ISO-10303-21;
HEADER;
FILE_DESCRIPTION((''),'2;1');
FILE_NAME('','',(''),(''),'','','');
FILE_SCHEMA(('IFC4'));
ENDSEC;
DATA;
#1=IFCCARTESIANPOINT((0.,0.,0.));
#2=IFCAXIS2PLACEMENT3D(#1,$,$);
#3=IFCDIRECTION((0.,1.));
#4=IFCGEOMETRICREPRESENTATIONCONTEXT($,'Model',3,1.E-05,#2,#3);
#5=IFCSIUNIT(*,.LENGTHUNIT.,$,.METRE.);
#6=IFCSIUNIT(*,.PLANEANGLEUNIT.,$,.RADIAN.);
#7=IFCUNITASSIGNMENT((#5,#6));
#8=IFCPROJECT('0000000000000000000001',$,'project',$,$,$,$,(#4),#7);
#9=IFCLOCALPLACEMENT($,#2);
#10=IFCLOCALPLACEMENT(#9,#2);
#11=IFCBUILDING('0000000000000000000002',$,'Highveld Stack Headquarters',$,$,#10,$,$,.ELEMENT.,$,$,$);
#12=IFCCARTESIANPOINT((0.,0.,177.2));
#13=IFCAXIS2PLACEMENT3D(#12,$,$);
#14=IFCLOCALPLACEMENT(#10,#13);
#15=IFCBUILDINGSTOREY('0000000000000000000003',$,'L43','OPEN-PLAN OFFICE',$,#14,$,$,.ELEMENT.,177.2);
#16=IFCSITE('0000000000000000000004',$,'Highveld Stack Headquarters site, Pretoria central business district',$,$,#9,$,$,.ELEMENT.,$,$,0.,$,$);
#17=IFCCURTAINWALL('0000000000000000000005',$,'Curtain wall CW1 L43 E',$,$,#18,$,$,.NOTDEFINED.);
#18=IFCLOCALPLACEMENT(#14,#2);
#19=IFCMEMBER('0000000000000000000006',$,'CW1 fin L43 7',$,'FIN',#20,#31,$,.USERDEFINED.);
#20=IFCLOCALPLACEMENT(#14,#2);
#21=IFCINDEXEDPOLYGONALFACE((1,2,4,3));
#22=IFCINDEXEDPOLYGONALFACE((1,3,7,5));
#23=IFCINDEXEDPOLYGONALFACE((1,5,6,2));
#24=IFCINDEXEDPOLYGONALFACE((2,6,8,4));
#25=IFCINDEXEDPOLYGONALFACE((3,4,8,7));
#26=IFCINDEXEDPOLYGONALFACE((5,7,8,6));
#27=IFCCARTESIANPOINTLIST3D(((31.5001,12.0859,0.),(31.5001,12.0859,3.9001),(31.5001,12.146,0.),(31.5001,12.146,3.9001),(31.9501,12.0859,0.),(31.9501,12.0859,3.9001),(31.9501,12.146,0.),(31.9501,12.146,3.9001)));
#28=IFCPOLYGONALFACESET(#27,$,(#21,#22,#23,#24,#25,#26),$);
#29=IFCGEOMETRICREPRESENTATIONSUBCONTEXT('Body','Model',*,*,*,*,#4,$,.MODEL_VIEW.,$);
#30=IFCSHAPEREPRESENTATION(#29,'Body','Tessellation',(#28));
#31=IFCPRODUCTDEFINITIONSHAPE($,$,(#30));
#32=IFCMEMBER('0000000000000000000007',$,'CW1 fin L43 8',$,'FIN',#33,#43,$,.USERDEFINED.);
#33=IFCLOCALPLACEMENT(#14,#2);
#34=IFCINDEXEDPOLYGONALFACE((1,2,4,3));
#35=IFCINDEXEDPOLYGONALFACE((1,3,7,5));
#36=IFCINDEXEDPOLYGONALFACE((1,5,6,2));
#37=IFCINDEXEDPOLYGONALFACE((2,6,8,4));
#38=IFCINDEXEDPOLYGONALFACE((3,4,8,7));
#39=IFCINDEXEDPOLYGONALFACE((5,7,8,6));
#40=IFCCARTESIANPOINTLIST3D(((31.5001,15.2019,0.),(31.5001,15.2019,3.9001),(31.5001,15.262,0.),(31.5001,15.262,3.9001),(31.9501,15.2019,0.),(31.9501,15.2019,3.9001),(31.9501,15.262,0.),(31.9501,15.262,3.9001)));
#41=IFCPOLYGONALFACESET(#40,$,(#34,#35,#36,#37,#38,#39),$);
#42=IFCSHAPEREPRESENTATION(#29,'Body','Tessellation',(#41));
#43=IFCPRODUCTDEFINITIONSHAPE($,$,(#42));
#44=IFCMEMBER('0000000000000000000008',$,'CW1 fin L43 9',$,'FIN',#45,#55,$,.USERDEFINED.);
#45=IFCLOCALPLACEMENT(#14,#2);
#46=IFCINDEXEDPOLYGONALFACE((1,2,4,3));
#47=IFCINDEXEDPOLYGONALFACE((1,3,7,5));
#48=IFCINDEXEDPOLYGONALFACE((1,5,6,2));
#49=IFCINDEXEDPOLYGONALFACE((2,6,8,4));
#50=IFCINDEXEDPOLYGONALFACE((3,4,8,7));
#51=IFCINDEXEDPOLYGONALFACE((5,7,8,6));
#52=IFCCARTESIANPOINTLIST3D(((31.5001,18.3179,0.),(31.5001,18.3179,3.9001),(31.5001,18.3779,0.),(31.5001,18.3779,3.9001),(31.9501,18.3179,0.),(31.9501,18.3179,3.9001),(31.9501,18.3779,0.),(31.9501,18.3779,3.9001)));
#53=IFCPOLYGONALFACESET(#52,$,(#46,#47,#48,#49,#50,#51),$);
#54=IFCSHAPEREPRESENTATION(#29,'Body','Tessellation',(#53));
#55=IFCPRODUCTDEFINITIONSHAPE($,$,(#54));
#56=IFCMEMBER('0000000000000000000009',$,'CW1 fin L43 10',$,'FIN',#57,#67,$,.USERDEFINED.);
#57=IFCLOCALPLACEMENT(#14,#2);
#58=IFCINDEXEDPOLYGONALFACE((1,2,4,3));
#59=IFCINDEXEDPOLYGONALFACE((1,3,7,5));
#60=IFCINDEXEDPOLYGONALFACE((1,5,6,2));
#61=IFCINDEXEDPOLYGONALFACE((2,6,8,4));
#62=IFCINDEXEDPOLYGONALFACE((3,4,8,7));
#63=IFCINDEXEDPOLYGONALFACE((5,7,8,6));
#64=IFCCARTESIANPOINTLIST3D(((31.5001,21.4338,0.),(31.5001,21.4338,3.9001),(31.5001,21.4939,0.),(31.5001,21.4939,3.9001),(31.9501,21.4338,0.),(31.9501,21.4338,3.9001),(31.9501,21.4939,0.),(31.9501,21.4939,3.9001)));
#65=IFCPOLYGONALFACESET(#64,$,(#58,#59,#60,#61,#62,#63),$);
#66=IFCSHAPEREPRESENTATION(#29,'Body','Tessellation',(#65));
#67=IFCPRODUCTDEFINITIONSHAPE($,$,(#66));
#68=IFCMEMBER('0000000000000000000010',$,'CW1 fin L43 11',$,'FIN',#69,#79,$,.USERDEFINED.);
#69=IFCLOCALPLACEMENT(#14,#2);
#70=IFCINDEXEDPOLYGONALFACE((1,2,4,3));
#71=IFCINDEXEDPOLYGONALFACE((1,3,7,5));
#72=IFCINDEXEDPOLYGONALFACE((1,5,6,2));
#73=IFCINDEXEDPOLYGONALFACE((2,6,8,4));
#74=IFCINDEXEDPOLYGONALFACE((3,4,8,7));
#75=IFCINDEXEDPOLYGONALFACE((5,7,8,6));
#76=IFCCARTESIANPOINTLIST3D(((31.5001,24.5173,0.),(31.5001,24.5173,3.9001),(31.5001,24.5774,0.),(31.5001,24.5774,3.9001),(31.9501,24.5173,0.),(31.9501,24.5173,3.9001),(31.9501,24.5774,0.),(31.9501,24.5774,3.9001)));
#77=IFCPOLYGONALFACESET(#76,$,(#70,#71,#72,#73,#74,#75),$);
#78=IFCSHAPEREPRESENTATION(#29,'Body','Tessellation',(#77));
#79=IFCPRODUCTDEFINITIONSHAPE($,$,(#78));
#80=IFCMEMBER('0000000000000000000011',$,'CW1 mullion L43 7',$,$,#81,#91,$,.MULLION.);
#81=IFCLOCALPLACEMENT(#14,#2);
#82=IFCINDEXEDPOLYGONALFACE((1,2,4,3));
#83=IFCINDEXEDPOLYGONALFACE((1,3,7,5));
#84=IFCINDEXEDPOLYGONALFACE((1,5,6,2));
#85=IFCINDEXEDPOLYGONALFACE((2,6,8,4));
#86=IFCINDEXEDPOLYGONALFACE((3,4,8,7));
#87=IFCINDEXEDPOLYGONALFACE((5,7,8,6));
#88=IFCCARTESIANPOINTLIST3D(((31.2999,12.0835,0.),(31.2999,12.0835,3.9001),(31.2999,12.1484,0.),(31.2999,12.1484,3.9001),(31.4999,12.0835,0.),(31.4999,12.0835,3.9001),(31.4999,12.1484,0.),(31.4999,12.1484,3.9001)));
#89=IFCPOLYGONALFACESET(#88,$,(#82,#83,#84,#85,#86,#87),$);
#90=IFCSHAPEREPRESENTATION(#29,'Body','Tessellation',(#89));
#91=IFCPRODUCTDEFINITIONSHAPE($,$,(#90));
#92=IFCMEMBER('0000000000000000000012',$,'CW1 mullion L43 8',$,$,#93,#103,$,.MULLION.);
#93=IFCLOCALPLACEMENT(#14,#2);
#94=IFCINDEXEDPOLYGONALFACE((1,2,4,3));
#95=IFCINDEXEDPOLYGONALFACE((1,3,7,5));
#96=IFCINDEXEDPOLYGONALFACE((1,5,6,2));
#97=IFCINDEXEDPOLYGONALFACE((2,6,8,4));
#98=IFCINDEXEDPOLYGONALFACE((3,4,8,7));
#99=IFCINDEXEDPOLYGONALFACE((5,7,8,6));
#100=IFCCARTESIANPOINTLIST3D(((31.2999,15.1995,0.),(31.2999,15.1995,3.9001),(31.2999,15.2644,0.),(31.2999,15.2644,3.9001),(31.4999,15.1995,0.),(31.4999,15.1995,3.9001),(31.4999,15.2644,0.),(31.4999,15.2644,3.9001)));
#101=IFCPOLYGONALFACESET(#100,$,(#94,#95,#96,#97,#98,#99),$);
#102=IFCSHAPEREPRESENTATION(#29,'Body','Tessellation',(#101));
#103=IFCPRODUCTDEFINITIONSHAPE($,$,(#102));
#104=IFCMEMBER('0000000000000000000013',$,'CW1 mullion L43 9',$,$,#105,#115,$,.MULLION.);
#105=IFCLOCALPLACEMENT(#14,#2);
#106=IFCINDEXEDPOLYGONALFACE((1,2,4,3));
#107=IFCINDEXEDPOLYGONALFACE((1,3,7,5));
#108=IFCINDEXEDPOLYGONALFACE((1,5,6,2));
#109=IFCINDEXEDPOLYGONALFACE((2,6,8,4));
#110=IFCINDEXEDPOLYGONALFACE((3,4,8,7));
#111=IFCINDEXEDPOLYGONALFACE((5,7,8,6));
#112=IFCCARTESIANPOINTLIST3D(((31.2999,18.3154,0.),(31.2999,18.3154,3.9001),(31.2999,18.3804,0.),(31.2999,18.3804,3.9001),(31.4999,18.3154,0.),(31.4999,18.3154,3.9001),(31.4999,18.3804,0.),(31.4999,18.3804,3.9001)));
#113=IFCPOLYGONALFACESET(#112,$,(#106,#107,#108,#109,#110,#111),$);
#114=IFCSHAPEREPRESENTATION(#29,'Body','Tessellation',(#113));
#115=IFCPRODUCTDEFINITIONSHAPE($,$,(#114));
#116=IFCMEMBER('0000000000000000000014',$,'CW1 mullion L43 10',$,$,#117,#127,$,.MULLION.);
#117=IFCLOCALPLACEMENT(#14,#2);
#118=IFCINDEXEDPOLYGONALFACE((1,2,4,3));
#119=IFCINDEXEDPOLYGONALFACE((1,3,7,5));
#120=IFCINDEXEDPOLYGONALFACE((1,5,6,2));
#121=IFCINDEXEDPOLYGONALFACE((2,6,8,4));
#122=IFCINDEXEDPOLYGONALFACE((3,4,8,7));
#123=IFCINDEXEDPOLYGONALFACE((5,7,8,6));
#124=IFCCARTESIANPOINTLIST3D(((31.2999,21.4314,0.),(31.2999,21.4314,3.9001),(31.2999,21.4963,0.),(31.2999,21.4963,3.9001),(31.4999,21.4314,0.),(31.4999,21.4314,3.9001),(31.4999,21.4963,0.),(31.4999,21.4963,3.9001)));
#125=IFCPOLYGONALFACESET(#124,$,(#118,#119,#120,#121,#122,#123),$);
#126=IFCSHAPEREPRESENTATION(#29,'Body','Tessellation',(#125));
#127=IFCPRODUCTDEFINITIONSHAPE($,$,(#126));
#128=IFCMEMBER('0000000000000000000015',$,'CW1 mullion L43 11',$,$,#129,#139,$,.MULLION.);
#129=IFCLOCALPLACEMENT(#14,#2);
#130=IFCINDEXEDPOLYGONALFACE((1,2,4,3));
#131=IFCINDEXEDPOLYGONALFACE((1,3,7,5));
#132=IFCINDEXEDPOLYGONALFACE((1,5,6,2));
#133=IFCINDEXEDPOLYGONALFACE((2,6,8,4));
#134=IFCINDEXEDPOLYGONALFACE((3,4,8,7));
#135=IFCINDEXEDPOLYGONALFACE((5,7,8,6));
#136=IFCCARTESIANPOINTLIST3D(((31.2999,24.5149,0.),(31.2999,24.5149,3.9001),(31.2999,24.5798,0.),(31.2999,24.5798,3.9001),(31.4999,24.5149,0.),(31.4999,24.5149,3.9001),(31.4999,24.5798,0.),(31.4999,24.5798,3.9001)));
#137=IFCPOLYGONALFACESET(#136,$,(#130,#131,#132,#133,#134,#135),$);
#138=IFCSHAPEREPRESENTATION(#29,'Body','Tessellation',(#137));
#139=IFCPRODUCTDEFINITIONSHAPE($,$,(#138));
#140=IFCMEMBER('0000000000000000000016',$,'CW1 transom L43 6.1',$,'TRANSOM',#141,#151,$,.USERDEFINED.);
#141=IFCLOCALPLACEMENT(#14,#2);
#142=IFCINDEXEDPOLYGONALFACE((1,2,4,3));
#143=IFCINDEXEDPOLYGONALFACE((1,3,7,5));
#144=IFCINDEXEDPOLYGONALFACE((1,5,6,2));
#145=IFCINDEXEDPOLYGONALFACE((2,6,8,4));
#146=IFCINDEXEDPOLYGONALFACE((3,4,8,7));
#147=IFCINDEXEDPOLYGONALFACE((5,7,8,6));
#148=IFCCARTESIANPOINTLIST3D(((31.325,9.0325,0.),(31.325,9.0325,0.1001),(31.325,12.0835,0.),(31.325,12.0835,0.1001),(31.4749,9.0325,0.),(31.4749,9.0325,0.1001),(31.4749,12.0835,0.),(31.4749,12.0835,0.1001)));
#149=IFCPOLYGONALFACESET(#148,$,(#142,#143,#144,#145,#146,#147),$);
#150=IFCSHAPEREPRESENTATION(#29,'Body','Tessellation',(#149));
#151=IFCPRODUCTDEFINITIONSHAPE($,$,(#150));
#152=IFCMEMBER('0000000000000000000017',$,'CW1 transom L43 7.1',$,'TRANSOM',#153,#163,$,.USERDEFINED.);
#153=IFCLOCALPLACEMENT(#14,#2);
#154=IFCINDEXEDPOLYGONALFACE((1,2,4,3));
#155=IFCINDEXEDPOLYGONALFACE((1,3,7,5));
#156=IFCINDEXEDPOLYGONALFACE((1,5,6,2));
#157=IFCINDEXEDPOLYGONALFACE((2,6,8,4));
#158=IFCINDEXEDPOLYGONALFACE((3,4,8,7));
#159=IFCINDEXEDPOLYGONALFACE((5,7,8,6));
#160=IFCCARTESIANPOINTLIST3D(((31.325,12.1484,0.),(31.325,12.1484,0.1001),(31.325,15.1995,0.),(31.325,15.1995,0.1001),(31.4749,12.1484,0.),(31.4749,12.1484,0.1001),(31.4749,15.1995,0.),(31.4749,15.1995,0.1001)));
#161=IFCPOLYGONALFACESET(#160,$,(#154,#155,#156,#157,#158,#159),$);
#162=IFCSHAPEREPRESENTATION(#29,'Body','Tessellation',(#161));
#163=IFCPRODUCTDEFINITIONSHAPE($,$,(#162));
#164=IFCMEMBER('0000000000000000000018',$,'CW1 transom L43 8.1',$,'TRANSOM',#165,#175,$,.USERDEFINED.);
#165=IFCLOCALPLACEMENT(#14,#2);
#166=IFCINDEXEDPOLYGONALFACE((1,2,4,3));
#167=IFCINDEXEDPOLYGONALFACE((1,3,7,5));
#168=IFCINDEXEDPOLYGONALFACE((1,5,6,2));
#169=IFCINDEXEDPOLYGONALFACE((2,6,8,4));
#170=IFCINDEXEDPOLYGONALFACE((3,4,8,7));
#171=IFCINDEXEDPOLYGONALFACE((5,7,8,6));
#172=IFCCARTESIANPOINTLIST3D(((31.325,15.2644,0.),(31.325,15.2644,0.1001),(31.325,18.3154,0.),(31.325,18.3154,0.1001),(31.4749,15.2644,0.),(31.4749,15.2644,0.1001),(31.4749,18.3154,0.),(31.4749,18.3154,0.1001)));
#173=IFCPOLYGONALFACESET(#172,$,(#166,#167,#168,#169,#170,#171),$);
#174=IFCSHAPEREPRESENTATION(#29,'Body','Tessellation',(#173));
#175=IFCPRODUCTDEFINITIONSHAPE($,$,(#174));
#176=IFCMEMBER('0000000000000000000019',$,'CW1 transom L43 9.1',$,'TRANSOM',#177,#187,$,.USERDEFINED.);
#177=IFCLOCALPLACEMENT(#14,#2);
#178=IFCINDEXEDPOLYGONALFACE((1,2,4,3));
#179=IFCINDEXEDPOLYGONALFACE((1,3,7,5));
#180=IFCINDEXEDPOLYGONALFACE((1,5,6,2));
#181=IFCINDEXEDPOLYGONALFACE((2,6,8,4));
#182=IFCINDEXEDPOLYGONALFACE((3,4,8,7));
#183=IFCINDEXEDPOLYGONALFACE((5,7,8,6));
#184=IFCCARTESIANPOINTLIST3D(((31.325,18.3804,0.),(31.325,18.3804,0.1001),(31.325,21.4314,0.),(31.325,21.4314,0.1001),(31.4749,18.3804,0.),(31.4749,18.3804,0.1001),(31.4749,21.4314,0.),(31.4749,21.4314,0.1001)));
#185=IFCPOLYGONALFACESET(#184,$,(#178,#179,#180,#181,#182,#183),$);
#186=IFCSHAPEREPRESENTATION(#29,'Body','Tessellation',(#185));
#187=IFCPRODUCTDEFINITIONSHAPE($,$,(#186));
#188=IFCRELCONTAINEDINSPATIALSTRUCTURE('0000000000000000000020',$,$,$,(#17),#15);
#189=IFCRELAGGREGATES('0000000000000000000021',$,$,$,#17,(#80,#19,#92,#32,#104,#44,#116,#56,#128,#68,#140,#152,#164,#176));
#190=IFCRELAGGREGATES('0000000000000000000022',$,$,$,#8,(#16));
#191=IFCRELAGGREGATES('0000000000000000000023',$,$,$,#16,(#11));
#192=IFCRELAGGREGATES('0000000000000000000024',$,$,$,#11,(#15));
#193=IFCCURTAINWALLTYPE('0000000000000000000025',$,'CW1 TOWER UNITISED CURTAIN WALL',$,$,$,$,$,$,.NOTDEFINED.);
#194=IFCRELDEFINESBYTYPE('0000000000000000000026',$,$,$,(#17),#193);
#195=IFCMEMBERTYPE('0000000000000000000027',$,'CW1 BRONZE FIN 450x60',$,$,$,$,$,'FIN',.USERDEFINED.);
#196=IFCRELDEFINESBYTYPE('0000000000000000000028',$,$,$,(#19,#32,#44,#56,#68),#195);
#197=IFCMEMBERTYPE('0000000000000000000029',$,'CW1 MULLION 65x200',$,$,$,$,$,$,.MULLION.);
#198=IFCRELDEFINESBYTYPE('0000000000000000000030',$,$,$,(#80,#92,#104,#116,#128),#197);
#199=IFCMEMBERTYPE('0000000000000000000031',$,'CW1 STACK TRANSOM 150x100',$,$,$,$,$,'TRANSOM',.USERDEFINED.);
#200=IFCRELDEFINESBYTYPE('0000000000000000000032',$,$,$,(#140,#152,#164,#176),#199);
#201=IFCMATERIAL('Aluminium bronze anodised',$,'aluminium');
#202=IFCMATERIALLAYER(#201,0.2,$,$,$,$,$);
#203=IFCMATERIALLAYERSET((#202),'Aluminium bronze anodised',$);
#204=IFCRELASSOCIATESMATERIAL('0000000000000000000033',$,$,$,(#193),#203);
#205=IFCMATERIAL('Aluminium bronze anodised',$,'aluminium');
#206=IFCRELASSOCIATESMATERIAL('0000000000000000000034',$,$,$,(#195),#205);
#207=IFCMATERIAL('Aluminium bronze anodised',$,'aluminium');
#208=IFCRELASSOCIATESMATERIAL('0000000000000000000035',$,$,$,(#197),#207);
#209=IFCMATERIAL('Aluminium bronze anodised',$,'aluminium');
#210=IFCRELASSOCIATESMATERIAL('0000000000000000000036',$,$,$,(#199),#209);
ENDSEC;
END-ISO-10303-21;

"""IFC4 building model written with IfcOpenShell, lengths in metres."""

from ifc_helpers import new_model, si_unit, direction, frame, origin, origin_2d, place, context, subcontext, project, spatial, rectangle, extrude, material, layer, layer_set, material_profile, profile_set, type_object, element, aggregate, save


model = new_model("IFC4")

# Units and contexts
model_context = context("Model", 3, precision=1e-05, world=origin(), true_north=direction((0.0, 1.0)))
body_context = subcontext(model_context, "Body", "Model", "MODEL_VIEW")
ifc_project = project(units=[si_unit("LENGTHUNIT", "METRE"), si_unit("PLANEANGLEUNIT", "RADIAN")], contexts=[model_context])

# Site, building, storey
site_placement = place(None, origin())
site = spatial("IfcSite", under=ifc_project, at=site_placement, Name="Highveld Stack Headquarters site, Pretoria central business district", CompositionType="ELEMENT", RefElevation=0.0)
building_placement = place(site_placement, origin())
building = spatial("IfcBuilding", under=site, at=building_placement, Name="Highveld Stack Headquarters", CompositionType="ELEMENT")
storey_placement = place(building_placement, frame((0.0, 0.0, 177.2)))
storey = spatial("IfcBuildingStorey", under=building, at=storey_placement, Name="L43", Description="OPEN-PLAN OFFICE", CompositionType="ELEMENT", Elevation=177.2)

# Curtain wall, members
ifc_material_1 = material(Name="Aluminium bronze anodised", Category="aluminium")
ifc_layer_1 = layer(ifc_material_1, 0.2)
ifc_layer_set_1 = layer_set([ifc_layer_1], Name="Aluminium bronze anodised")
curtain_wall_type_1 = type_object("IfcCurtainWallType", Name="CW1 TOWER UNITISED CURTAIN WALL", PredefinedType="NOTDEFINED", material=ifc_layer_set_1)
curtain_wall_1_placement = place(storey_placement, origin())
curtain_wall_1 = element("IfcCurtainWall", 1, at=curtain_wall_1_placement, inside=storey, type_object=curtain_wall_type_1, Name="Curtain wall CW1 L43 E", PredefinedType="NOTDEFINED")
ifc_material_2 = material(Name="Aluminium bronze anodised", Category="aluminium")
ifc_material_profile_1 = material_profile(ifc_material_2, rectangle(XDim=0.45, YDim=0.0601, at=origin_2d()), Name="FIN 450x60")
ifc_profile_set_1 = profile_set([ifc_material_profile_1], Name="Aluminium bronze anodised")
member_type_1 = type_object("IfcMemberType", Name="CW1 BRONZE FIN 450x60", ElementType="FIN", PredefinedType="USERDEFINED", material=ifc_profile_set_1)
member_1_placement = place(storey_placement, frame((31.7251, 12.116, 0.0), z_axis=(0.0, 0.0, 1.0), x_axis=(-1.0, 0.0, 0.0)))
member_1 = element("IfcMember", 2, at=member_1_placement, type_object=member_type_1, Name="CW1 fin L43 7", ObjectType="FIN", PredefinedType="USERDEFINED", context=body_context, shape_type="SweptSolid", body=[
    extrude(rectangle(XDim=0.45, YDim=0.0601, at=origin_2d()), origin(), (0.0, 0.0, 1.0), 3.9001),
])
member_2_placement = place(storey_placement, frame((31.7251, 15.2319, 0.0), z_axis=(0.0, 0.0, 1.0), x_axis=(-1.0, 0.0, 0.0)))
member_2 = element("IfcMember", 3, at=member_2_placement, type_object=member_type_1, Name="CW1 fin L43 8", ObjectType="FIN", PredefinedType="USERDEFINED", context=body_context, shape_type="SweptSolid", body=[
    extrude(rectangle(XDim=0.45, YDim=0.0601, at=origin_2d()), origin(), (0.0, 0.0, 1.0), 3.9001),
])
member_3_placement = place(storey_placement, frame((31.7251, 18.3479, 0.0), z_axis=(0.0, 0.0, 1.0), x_axis=(-1.0, 0.0, 0.0)))
member_3 = element("IfcMember", 4, at=member_3_placement, type_object=member_type_1, Name="CW1 fin L43 9", ObjectType="FIN", PredefinedType="USERDEFINED", context=body_context, shape_type="SweptSolid", body=[
    extrude(rectangle(XDim=0.45, YDim=0.0601, at=origin_2d()), origin(), (0.0, 0.0, 1.0), 3.9001),
])
member_4_placement = place(storey_placement, frame((31.7251, 21.4639, 0.0), z_axis=(0.0, 0.0, 1.0), x_axis=(-1.0, 0.0, 0.0)))
member_4 = element("IfcMember", 5, at=member_4_placement, type_object=member_type_1, Name="CW1 fin L43 10", ObjectType="FIN", PredefinedType="USERDEFINED", context=body_context, shape_type="SweptSolid", body=[
    extrude(rectangle(XDim=0.45, YDim=0.0601, at=origin_2d()), origin(), (0.0, 0.0, 1.0), 3.9001),
])
member_5_placement = place(storey_placement, frame((31.7251, 24.5474, 0.0), z_axis=(0.0, 0.0, 1.0), x_axis=(-1.0, 0.0, 0.0)))
member_5 = element("IfcMember", 6, at=member_5_placement, type_object=member_type_1, Name="CW1 fin L43 11", ObjectType="FIN", PredefinedType="USERDEFINED", context=body_context, shape_type="SweptSolid", body=[
    extrude(rectangle(XDim=0.45, YDim=0.0601, at=origin_2d()), origin(), (0.0, 0.0, 1.0), 3.9001),
])
ifc_material_3 = material(Name="Aluminium bronze anodised", Category="aluminium")
ifc_material_profile_2 = material_profile(ifc_material_3, rectangle(XDim=0.2, YDim=0.0649, at=origin_2d()), Name="CW1 MULLION 65x200")
ifc_profile_set_2 = profile_set([ifc_material_profile_2], Name="Aluminium bronze anodised")
member_type_2 = type_object("IfcMemberType", Name="CW1 MULLION 65x200", PredefinedType="MULLION", material=ifc_profile_set_2)
member_6_placement = place(storey_placement, frame((31.3999, 12.116, 0.0), z_axis=(0.0, 0.0, 1.0), x_axis=(-1.0, 0.0, 0.0)))
member_6 = element("IfcMember", 7, at=member_6_placement, type_object=member_type_2, Name="CW1 mullion L43 7", PredefinedType="MULLION", context=body_context, shape_type="SweptSolid", body=[
    extrude(rectangle(XDim=0.2, YDim=0.0649, at=origin_2d()), origin(), (0.0, 0.0, 1.0), 3.9001),
])
member_7_placement = place(storey_placement, frame((31.3999, 15.2319, 0.0), z_axis=(0.0, 0.0, 1.0), x_axis=(-1.0, 0.0, 0.0)))
member_7 = element("IfcMember", 8, at=member_7_placement, type_object=member_type_2, Name="CW1 mullion L43 8", PredefinedType="MULLION", context=body_context, shape_type="SweptSolid", body=[
    extrude(rectangle(XDim=0.2, YDim=0.0649, at=origin_2d()), origin(), (0.0, 0.0, 1.0), 3.9001),
])
member_8_placement = place(storey_placement, frame((31.3999, 18.3479, 0.0), z_axis=(0.0, 0.0, 1.0), x_axis=(-1.0, 0.0, 0.0)))
member_8 = element("IfcMember", 9, at=member_8_placement, type_object=member_type_2, Name="CW1 mullion L43 9", PredefinedType="MULLION", context=body_context, shape_type="SweptSolid", body=[
    extrude(rectangle(XDim=0.2, YDim=0.0649, at=origin_2d()), origin(), (0.0, 0.0, 1.0), 3.9001),
])
member_9_placement = place(storey_placement, frame((31.3999, 21.4639, 0.0), z_axis=(0.0, 0.0, 1.0), x_axis=(-1.0, 0.0, 0.0)))
member_9 = element("IfcMember", 10, at=member_9_placement, type_object=member_type_2, Name="CW1 mullion L43 10", PredefinedType="MULLION", context=body_context, shape_type="SweptSolid", body=[
    extrude(rectangle(XDim=0.2, YDim=0.0649, at=origin_2d()), origin(), (0.0, 0.0, 1.0), 3.9001),
])
member_10_placement = place(storey_placement, frame((31.3999, 24.5474, 0.0), z_axis=(0.0, 0.0, 1.0), x_axis=(-1.0, 0.0, 0.0)))
member_10 = element("IfcMember", 11, at=member_10_placement, type_object=member_type_2, Name="CW1 mullion L43 11", PredefinedType="MULLION", context=body_context, shape_type="SweptSolid", body=[
    extrude(rectangle(XDim=0.2, YDim=0.0649, at=origin_2d()), origin(), (0.0, 0.0, 1.0), 3.9001),
])
ifc_material_4 = material(Name="Aluminium bronze anodised", Category="aluminium")
ifc_material_profile_3 = material_profile(ifc_material_4, rectangle(XDim=0.1499, YDim=0.1001, at=origin_2d()), Name="CW1 TRANSOM 150x100")
ifc_profile_set_3 = profile_set([ifc_material_profile_3], Name="Aluminium bronze anodised")
member_type_3 = type_object("IfcMemberType", Name="CW1 STACK TRANSOM 150x100", ElementType="TRANSOM", PredefinedType="USERDEFINED", material=ifc_profile_set_3)
member_11_placement = place(storey_placement, frame((31.3999, 9.0325, 0.05), z_axis=(0.0, 1.0, 0.0), x_axis=(-1.0, 0.0, 0.0)))
member_11 = element("IfcMember", 12, at=member_11_placement, type_object=member_type_3, Name="CW1 transom L43 6.1", ObjectType="TRANSOM", PredefinedType="USERDEFINED", context=body_context, shape_type="SweptSolid", body=[
    extrude(rectangle(XDim=0.1499, YDim=0.1001, at=origin_2d()), origin(), (0.0, 0.0, 1.0), 3.051),
])
member_12_placement = place(storey_placement, frame((31.3999, 12.1484, 0.05), z_axis=(0.0, 1.0, 0.0), x_axis=(-1.0, 0.0, 0.0)))
member_12 = element("IfcMember", 13, at=member_12_placement, type_object=member_type_3, Name="CW1 transom L43 7.1", ObjectType="TRANSOM", PredefinedType="USERDEFINED", context=body_context, shape_type="SweptSolid", body=[
    extrude(rectangle(XDim=0.1499, YDim=0.1001, at=origin_2d()), origin(), (0.0, 0.0, 1.0), 3.051),
])
member_13_placement = place(storey_placement, frame((31.3999, 15.2644, 0.05), z_axis=(0.0, 1.0, 0.0), x_axis=(-1.0, 0.0, 0.0)))
member_13 = element("IfcMember", 14, at=member_13_placement, type_object=member_type_3, Name="CW1 transom L43 8.1", ObjectType="TRANSOM", PredefinedType="USERDEFINED", context=body_context, shape_type="SweptSolid", body=[
    extrude(rectangle(XDim=0.1499, YDim=0.1001, at=origin_2d()), origin(), (0.0, 0.0, 1.0), 3.051),
])
member_14_placement = place(storey_placement, frame((31.3999, 18.3804, 0.05), z_axis=(0.0, 1.0, 0.0), x_axis=(-1.0, 0.0, 0.0)))
member_14 = element("IfcMember", 15, at=member_14_placement, type_object=member_type_3, Name="CW1 transom L43 9.1", ObjectType="TRANSOM", PredefinedType="USERDEFINED", context=body_context, shape_type="SweptSolid", body=[
    extrude(rectangle(XDim=0.1499, YDim=0.1001, at=origin_2d()), origin(), (0.0, 0.0, 1.0), 3.051),
])

aggregate(curtain_wall_1, [member_6, member_1, member_7, member_2, member_8, member_3, member_9, member_4, member_10, member_5, member_11, member_12, member_13, member_14])

save(model, "model.ifc")
